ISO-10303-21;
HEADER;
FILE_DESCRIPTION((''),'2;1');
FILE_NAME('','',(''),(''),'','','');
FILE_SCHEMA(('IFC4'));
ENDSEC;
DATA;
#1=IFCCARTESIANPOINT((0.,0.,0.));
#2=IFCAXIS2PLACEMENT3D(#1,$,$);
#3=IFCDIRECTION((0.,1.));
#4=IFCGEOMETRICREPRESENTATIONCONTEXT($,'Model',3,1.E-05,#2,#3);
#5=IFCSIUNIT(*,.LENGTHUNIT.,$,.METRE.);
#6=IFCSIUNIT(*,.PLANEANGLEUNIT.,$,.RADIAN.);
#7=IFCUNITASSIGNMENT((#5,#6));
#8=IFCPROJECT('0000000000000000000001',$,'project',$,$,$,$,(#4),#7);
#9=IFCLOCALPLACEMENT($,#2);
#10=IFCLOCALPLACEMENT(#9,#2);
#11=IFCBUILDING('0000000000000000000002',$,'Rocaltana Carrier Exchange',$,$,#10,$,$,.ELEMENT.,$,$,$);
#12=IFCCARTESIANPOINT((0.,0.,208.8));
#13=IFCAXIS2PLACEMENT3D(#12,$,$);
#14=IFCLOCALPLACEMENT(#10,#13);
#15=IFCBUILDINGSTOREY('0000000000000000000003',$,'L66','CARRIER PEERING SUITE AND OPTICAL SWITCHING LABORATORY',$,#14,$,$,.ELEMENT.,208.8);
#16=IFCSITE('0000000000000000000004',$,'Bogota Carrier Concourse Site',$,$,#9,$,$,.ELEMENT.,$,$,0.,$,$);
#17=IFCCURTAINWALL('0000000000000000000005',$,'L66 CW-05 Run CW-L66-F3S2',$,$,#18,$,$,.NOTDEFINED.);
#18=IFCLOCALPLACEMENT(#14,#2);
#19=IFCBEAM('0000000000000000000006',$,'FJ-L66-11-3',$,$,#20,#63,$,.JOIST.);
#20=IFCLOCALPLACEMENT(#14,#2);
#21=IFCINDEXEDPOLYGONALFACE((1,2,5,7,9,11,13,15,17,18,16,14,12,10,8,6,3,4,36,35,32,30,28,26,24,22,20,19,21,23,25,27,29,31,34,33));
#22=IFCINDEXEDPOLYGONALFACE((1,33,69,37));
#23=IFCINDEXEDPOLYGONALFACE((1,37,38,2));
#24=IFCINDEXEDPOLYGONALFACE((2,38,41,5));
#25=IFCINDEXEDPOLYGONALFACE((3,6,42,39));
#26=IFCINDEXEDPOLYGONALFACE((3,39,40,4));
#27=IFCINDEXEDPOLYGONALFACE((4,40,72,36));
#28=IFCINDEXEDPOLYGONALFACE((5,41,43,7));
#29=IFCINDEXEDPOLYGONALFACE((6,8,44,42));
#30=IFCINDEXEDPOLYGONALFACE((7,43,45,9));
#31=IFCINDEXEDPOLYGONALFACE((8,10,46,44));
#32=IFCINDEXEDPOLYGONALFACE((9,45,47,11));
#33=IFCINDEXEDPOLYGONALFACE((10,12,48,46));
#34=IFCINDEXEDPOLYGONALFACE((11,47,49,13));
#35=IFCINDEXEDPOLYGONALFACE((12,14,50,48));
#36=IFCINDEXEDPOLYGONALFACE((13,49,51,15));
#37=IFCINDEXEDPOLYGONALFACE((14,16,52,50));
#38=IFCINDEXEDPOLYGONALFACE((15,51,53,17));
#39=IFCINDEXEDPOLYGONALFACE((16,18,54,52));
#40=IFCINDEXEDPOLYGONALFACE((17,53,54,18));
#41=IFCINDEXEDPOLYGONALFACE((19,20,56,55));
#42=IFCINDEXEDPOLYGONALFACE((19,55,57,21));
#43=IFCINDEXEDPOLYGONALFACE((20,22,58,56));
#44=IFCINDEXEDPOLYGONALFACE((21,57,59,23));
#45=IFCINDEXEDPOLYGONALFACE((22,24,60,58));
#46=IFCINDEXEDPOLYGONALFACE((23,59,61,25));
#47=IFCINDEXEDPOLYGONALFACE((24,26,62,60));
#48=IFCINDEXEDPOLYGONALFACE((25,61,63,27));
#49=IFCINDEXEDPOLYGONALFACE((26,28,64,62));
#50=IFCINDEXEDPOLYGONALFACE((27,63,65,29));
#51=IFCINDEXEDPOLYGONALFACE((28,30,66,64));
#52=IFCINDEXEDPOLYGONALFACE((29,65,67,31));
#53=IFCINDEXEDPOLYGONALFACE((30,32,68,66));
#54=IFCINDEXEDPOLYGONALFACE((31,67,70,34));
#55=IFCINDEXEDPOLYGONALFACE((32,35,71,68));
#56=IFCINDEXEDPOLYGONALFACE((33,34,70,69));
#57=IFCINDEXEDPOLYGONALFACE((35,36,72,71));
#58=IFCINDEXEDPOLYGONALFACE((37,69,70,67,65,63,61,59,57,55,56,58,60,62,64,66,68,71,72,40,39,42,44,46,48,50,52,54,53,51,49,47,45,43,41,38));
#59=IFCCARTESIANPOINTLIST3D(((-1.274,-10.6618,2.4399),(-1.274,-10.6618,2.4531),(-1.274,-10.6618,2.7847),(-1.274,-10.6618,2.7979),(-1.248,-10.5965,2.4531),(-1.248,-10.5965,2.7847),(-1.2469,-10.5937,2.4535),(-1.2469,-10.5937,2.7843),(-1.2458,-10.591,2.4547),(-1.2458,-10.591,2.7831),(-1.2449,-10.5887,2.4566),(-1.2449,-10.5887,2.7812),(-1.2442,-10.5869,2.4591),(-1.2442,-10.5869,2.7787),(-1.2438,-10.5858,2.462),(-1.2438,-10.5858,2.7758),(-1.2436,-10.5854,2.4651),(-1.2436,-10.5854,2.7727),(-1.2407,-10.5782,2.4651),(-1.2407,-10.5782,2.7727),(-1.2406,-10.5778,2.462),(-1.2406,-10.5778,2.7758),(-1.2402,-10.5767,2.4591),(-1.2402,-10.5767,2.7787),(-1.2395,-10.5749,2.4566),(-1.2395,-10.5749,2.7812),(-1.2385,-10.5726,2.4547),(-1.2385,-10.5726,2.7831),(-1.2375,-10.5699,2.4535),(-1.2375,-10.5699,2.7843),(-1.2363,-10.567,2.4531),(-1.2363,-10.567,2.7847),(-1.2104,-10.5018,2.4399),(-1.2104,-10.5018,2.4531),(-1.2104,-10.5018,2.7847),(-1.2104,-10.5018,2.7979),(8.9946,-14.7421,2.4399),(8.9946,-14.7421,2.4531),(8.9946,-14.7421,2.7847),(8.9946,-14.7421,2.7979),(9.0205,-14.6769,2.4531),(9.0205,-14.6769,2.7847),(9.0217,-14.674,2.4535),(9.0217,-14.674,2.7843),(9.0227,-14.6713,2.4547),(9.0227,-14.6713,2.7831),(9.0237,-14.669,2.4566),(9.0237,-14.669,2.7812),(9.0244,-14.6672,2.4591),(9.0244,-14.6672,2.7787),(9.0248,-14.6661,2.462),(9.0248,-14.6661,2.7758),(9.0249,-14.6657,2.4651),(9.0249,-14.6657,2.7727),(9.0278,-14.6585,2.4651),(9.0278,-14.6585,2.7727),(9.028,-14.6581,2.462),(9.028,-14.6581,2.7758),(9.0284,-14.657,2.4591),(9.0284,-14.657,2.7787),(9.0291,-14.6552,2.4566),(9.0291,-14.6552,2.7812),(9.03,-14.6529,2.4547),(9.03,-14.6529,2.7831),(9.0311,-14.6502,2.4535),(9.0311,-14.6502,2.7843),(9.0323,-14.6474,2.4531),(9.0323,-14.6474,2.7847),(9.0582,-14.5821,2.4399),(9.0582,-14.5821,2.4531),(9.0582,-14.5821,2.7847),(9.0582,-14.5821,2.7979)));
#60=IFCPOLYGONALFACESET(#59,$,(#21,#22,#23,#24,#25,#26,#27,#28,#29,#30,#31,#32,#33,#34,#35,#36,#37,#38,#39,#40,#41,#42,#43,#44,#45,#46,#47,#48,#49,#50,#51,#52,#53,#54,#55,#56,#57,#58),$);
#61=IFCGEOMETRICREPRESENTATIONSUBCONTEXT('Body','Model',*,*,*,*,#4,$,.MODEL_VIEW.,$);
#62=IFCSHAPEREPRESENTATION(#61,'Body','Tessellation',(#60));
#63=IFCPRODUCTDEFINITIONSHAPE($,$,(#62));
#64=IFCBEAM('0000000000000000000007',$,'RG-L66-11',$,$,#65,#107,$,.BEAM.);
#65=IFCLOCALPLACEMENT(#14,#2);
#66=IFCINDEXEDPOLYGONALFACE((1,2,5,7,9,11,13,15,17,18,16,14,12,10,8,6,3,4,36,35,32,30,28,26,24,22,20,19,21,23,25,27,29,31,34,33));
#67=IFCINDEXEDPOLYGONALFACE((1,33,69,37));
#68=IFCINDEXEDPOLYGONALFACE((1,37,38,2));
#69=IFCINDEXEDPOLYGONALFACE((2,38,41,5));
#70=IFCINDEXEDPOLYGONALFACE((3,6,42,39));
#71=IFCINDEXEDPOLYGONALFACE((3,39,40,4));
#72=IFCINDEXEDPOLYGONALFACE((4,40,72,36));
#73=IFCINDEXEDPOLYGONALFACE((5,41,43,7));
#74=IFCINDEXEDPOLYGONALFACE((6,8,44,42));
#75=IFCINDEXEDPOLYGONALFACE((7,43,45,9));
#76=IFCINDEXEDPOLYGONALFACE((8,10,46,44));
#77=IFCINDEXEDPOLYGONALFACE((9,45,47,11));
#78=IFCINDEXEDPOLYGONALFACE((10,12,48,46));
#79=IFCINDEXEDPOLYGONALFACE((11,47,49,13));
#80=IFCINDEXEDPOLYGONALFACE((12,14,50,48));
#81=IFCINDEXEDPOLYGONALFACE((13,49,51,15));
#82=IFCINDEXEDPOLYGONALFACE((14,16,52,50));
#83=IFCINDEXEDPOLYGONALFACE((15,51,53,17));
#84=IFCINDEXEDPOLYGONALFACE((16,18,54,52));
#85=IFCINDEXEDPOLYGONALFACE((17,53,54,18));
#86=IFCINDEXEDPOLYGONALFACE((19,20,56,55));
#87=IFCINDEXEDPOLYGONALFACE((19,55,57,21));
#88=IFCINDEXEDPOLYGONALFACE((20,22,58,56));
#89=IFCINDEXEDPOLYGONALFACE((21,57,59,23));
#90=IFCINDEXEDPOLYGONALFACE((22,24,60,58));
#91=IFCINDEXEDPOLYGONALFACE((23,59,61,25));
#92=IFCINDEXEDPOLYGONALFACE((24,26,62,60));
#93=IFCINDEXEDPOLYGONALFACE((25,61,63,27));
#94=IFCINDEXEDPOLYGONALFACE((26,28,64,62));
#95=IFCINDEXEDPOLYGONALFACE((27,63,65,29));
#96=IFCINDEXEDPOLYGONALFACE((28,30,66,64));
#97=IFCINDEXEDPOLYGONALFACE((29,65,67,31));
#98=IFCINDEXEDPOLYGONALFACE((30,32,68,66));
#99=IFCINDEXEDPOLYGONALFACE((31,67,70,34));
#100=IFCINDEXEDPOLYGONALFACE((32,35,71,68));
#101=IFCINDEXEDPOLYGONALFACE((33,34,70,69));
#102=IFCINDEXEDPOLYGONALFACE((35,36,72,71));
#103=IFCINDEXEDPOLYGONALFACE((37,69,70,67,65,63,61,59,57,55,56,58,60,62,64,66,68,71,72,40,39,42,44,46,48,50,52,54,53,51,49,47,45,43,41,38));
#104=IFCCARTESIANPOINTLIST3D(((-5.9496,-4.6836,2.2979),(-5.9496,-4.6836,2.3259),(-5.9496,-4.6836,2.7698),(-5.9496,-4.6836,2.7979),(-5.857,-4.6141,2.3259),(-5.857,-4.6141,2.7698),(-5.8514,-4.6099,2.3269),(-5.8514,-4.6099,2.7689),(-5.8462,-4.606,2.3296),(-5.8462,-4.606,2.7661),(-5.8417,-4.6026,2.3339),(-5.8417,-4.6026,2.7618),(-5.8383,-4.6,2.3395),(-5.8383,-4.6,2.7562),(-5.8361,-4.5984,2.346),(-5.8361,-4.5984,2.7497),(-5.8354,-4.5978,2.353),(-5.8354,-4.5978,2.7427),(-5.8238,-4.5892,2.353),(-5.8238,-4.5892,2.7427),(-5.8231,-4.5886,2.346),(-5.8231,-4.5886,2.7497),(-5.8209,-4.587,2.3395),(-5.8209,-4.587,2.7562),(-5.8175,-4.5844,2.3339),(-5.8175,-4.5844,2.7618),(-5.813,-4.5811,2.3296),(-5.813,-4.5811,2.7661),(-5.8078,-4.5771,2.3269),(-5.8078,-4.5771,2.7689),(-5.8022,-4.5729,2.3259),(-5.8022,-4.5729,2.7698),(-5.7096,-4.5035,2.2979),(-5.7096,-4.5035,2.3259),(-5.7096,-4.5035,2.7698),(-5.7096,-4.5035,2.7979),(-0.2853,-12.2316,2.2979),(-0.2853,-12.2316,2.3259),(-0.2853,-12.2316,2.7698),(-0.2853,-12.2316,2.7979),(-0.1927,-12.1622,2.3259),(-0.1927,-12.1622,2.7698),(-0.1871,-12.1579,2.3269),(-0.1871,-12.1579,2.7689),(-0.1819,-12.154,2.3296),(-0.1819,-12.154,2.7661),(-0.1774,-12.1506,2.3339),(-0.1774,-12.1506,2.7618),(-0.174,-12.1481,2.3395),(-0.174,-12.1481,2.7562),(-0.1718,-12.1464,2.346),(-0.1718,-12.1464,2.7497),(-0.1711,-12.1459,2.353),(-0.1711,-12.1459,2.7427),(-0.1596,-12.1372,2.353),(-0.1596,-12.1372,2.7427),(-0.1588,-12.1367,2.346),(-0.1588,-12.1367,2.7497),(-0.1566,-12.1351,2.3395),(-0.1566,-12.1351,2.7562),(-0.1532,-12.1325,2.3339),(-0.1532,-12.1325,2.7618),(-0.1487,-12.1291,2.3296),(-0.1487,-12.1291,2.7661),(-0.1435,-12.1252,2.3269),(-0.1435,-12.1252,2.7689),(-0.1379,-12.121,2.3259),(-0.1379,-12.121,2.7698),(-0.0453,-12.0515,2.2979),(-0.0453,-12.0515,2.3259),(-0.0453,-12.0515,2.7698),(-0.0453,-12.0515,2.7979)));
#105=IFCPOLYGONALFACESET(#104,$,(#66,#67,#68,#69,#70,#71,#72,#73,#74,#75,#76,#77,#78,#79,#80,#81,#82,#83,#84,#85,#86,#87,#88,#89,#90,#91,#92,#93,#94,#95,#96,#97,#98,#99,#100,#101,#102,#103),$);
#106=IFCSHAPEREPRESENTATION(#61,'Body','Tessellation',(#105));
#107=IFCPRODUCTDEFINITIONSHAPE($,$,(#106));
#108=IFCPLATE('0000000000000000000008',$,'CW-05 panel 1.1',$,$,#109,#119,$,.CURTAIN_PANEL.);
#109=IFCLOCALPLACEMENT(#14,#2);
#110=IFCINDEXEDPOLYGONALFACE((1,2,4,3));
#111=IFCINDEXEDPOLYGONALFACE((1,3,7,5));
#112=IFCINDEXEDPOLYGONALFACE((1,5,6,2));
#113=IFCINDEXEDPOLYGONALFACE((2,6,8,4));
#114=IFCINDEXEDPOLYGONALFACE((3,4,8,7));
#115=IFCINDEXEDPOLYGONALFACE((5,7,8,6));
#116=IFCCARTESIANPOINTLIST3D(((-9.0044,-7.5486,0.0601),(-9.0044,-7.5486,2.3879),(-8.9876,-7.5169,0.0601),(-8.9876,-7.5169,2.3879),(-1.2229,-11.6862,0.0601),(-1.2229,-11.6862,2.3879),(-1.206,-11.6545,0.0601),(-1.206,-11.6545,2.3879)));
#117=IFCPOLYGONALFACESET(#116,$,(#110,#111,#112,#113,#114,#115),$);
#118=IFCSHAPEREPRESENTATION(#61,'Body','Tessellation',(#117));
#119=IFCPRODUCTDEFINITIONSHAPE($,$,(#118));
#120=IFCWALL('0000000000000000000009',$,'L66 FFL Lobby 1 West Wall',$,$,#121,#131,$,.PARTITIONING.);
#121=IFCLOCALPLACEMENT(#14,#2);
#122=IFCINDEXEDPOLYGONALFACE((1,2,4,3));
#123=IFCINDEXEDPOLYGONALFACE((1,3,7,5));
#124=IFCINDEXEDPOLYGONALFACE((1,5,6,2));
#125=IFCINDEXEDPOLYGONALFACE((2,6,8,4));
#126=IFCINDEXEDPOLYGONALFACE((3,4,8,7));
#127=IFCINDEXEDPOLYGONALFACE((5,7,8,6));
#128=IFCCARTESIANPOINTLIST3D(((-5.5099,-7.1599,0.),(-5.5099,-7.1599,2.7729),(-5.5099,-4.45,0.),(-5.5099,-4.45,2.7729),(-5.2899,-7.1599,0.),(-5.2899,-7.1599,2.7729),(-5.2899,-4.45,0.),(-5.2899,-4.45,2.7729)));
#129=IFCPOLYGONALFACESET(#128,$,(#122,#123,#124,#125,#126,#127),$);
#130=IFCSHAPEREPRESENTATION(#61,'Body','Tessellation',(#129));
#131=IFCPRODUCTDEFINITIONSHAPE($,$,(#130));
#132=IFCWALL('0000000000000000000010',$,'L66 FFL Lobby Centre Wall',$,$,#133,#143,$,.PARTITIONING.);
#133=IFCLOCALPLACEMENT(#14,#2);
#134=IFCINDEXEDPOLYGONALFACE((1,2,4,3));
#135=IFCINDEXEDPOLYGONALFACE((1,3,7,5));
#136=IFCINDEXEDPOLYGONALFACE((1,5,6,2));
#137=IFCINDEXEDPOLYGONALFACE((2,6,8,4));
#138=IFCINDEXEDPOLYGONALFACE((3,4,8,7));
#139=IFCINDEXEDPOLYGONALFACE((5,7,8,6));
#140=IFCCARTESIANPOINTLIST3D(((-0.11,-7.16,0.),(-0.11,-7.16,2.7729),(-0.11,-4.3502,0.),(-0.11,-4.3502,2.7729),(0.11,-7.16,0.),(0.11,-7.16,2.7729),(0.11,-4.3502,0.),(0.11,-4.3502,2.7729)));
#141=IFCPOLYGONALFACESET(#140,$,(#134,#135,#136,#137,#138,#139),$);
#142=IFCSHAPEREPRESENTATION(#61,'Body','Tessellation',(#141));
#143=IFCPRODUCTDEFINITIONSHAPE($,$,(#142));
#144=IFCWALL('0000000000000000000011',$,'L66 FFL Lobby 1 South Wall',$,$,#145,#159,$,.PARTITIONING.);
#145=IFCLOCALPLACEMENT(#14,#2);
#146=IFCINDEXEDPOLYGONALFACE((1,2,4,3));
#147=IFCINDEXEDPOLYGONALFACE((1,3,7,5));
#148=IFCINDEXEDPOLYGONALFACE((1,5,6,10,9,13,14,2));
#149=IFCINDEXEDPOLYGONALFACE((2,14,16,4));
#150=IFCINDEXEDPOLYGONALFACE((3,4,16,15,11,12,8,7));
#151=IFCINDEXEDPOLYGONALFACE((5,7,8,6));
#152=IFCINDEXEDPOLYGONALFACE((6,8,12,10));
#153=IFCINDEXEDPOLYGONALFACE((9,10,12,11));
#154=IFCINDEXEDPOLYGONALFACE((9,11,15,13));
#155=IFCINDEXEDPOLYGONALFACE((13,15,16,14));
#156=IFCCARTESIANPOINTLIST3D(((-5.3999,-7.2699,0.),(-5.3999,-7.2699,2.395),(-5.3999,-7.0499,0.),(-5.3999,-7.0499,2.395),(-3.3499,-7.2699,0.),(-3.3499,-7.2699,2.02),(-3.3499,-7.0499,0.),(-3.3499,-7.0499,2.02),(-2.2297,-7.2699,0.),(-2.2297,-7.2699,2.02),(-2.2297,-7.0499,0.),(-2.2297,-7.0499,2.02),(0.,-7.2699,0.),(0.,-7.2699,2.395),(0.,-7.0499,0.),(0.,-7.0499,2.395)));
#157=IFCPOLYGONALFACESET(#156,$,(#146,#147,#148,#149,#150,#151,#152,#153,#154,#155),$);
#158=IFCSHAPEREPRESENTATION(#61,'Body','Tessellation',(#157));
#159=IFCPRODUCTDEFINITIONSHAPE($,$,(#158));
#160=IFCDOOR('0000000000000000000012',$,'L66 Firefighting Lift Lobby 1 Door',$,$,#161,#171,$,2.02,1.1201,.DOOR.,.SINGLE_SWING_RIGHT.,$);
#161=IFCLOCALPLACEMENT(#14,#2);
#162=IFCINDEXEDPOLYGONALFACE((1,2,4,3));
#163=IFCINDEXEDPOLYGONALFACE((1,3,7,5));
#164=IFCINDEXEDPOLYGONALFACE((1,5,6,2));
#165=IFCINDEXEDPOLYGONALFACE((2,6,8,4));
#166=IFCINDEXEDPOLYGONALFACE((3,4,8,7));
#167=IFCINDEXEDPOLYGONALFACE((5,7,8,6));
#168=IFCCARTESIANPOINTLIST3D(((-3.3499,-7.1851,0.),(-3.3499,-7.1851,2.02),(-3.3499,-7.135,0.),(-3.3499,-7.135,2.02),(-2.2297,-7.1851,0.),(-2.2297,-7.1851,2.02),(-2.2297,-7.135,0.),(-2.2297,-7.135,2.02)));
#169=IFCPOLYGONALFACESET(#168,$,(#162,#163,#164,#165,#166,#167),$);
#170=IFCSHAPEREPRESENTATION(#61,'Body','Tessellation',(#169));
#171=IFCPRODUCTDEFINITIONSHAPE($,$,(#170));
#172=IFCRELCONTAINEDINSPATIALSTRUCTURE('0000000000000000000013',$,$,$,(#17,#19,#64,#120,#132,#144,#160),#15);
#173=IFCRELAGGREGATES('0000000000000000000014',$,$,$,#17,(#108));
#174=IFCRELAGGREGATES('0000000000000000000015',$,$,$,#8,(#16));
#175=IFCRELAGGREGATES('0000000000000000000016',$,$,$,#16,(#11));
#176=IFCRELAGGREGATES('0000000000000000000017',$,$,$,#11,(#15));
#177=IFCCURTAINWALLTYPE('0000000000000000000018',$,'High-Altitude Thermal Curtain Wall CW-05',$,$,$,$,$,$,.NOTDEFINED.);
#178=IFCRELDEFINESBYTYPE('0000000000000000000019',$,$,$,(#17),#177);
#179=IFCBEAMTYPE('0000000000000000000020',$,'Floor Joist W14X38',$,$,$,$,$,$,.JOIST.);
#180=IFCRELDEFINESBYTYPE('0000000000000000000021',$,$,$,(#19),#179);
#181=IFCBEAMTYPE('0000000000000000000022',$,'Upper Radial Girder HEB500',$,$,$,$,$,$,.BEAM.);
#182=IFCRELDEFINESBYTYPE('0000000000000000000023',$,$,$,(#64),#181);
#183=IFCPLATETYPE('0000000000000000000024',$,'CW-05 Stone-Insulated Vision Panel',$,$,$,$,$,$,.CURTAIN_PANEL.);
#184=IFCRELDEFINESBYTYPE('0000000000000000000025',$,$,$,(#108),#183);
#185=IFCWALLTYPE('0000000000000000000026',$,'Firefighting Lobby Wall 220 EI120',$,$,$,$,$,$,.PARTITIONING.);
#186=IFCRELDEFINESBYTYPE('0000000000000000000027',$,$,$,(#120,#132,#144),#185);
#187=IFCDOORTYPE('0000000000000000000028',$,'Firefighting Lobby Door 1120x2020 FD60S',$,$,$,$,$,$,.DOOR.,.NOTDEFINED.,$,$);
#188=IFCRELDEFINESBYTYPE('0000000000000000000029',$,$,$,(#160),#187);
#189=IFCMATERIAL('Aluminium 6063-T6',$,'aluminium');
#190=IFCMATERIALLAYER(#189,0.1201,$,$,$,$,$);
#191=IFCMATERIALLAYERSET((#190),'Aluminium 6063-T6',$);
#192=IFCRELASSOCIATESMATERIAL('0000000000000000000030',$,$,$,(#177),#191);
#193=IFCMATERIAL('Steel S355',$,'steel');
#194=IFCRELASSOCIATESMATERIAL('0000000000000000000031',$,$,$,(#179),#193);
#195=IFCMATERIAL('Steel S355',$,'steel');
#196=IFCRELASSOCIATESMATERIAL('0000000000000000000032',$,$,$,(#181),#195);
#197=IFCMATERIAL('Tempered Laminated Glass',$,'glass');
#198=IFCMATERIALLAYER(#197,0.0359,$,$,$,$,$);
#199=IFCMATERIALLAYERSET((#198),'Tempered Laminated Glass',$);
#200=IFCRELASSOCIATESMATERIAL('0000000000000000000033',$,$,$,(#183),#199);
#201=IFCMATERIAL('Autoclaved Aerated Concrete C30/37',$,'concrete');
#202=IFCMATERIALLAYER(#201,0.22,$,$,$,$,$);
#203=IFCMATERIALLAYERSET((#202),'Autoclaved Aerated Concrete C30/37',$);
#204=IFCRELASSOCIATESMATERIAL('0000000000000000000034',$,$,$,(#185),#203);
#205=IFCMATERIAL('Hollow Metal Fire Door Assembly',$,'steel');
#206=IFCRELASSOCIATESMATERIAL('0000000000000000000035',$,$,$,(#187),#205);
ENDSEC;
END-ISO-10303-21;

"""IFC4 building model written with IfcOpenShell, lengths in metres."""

from ifc_helpers import new_model, si_unit, direction, frame, frame_2d, origin, origin_2d, place, context, subcontext, project, spatial, rectangle, i_section, extrude, material, layer, layer_set, material_profile, profile_set, type_object, element, fill, aggregate, save


model = new_model("IFC4")

# Units and contexts
model_context = context("Model", 3, precision=1e-05, world=origin(), true_north=direction((0.0, 1.0)))
body_context = subcontext(model_context, "Body", "Model", "MODEL_VIEW")
ifc_project = project(units=[si_unit("LENGTHUNIT", "METRE"), si_unit("PLANEANGLEUNIT", "RADIAN")], contexts=[model_context])

# Site, building, storey
site_placement = place(None, origin())
site = spatial("IfcSite", under=ifc_project, at=site_placement, Name="Bogota Carrier Concourse Site", CompositionType="ELEMENT", RefElevation=0.0)
building_placement = place(site_placement, origin())
building = spatial("IfcBuilding", under=site, at=building_placement, Name="Rocaltana Carrier Exchange", CompositionType="ELEMENT")
storey_placement = place(building_placement, frame((0.0, 0.0, 208.8)))
storey = spatial("IfcBuildingStorey", under=building, at=storey_placement, Name="L66", Description="CARRIER PEERING SUITE AND OPTICAL SWITCHING LABORATORY", CompositionType="ELEMENT", Elevation=208.8)

# Curtain wall
ifc_material_1 = material(Name="Aluminium 6063-T6", Category="aluminium")
ifc_layer_1 = layer(ifc_material_1, 0.1201)
ifc_layer_set_1 = layer_set([ifc_layer_1], Name="Aluminium 6063-T6")
curtain_wall_type = type_object("IfcCurtainWallType", Name="High-Altitude Thermal Curtain Wall CW-05", PredefinedType="NOTDEFINED", material=ifc_layer_set_1)
curtain_wall_placement = place(storey_placement, origin())
curtain_wall = element("IfcCurtainWall", 1, at=curtain_wall_placement, inside=storey, type_object=curtain_wall_type, Name="L66 CW-05 Run CW-L66-F3S2", PredefinedType="NOTDEFINED")

# Beams
ifc_material_2 = material(Name="Steel S355", Category="steel")
ifc_material_profile_1 = material_profile(ifc_material_2, i_section(OverallWidth=0.1721, OverallDepth=0.3579, WebThickness=0.0078, FlangeThickness=0.0132, FilletRadius=0.012, at=origin_2d()), Name="W14X38")
ifc_profile_set_1 = profile_set([ifc_material_profile_1], Name="Steel S355")
beam_type_1 = type_object("IfcBeamType", Name="Floor Joist W14X38", PredefinedType="JOIST", material=ifc_profile_set_1)
beam_1_placement = place(storey_placement, frame((-1.2422, -10.5818, 2.6189), z_axis=(0.92932, -0.369275, 0.0), x_axis=(0.369275, 0.92932, 0.0)))
element("IfcBeam", 2, at=beam_1_placement, inside=storey, type_object=beam_type_1, Name="FJ-L66-11-3", PredefinedType="JOIST", context=body_context, shape_type="SweptSolid", body=[
    extrude(i_section(OverallWidth=0.1721, OverallDepth=0.3579, WebThickness=0.0078, FlangeThickness=0.0132, FilletRadius=0.012, at=origin_2d()), origin(), (0.0, 0.0, 1.0), 11.0496),
])
ifc_material_3 = material(Name="Steel S355", Category="steel")
ifc_material_profile_2 = material_profile(ifc_material_3, i_section(OverallWidth=0.3, OverallDepth=0.5, WebThickness=0.0144, FlangeThickness=0.0281, FilletRadius=0.0271, at=origin_2d()), Name="HEB500")
ifc_profile_set_2 = profile_set([ifc_material_profile_2], Name="Steel S355")
beam_type_2 = type_object("IfcBeamType", Name="Upper Radial Girder HEB500", PredefinedType="BEAM", material=ifc_profile_set_2)
beam_2_placement = place(storey_placement, frame((-5.8296, -4.5935, 2.5479), z_axis=(0.600219, -0.799835, 0.0), x_axis=(0.799835, 0.600219, 0.0)))
element("IfcBeam", 3, at=beam_2_placement, inside=storey, type_object=beam_type_2, Name="RG-L66-11", PredefinedType="BEAM", context=body_context, shape_type="SweptSolid", body=[
    extrude(i_section(OverallWidth=0.3, OverallDepth=0.5, WebThickness=0.0144, FlangeThickness=0.0281, FilletRadius=0.0271, at=origin_2d()), origin(), (0.0, 0.0, 1.0), 9.437),
])

# Plate
ifc_material_4 = material(Name="Tempered Laminated Glass", Category="glass")
ifc_layer_2 = layer(ifc_material_4, 0.0359)
ifc_layer_set_2 = layer_set([ifc_layer_2], Name="Tempered Laminated Glass")
plate_type = type_object("IfcPlateType", Name="CW-05 Stone-Insulated Vision Panel", PredefinedType="CURTAIN_PANEL", material=ifc_layer_set_2)
plate_placement = place(storey_placement, frame((-5.1052, -9.6016, 0.0601), z_axis=(0.0, 0.0, 1.0), x_axis=(0.882943, -0.469479, 0.0)))
plate = element("IfcPlate", 4, at=plate_placement, type_object=plate_type, Name="CW-05 panel 1.1", PredefinedType="CURTAIN_PANEL", context=body_context, shape_type="SweptSolid", body=[
    extrude(rectangle(XDim=8.8132, YDim=0.0359, at=origin_2d()), origin(), (0.0, 0.0, 1.0), 2.3279),
])
aggregate(curtain_wall, [plate])

# Walls
ifc_material_5 = material(Name="Autoclaved Aerated Concrete C30/37", Category="concrete")
ifc_layer_3 = layer(ifc_material_5, 0.22)
ifc_layer_set_3 = layer_set([ifc_layer_3], Name="Autoclaved Aerated Concrete C30/37")
wall_type_1 = type_object("IfcWallType", Name="Firefighting Lobby Wall 220 EI120", PredefinedType="PARTITIONING", material=ifc_layer_set_3)
wall_1_placement = place(storey_placement, frame((-5.3999, -7.1599, 0.0), z_axis=(0.0, 0.0, 1.0), x_axis=(0.0, 1.0, 0.0)))
element("IfcWall", 5, at=wall_1_placement, inside=storey, type_object=wall_type_1, Name="L66 FFL Lobby 1 West Wall", PredefinedType="PARTITIONING", context=body_context, shape_type="SweptSolid", body=[
    extrude(rectangle(XDim=2.71, YDim=0.22, at=frame_2d((1.355, 0.0))), origin(), (0.0, 0.0, 1.0), 2.7729),
])
wall_2_placement = place(storey_placement, frame((0.0, -7.1599, 0.0), z_axis=(0.0, 0.0, 1.0), x_axis=(0.0, 1.0, 0.0)))
element("IfcWall", 6, at=wall_2_placement, inside=storey, type_object=wall_type_1, Name="L66 FFL Lobby Centre Wall", PredefinedType="PARTITIONING", context=body_context, shape_type="SweptSolid", body=[
    extrude(rectangle(XDim=2.8098, YDim=0.22, at=frame_2d((1.4048, 0.0))), origin(), (0.0, 0.0, 1.0), 2.7729),
])

# Wall, opening, door
wall_3_placement = place(storey_placement, frame((-5.3999, -7.1599, 0.0), z_axis=(0.0, 0.0, 1.0), x_axis=(1.0, 0.0, 0.0)))
wall_3 = element("IfcWall", 7, at=wall_3_placement, inside=storey, type_object=wall_type_1, Name="L66 FFL Lobby 1 South Wall", PredefinedType="PARTITIONING", context=body_context, shape_type="SweptSolid", body=[
    extrude(rectangle(XDim=5.3999, YDim=0.22, at=frame_2d((2.7, 0.0))), origin(), (0.0, 0.0, 1.0), 2.395),
])
opening_1_placement = place(wall_3_placement, frame((2.05, 0.0, 0.0)))
opening_1 = element("IfcOpeningElement", 8, at=opening_1_placement, cuts=wall_3, PredefinedType="OPENING", context=body_context, shape_type="SweptSolid", body=[
    extrude(rectangle(XDim=1.1201, YDim=2.02, at=frame_2d((0.5601, 1.01))), frame((0.0, 0.1199, 0.0), z_axis=(0.0, -1.0, 0.0), x_axis=(1.0, 0.0, 0.0)), (0.0, 0.0, 1.0), 0.24),
])
ifc_material_6 = material(Name="Hollow Metal Fire Door Assembly", Category="steel")
door_type = type_object("IfcDoorType", Name="Firefighting Lobby Door 1120x2020 FD60S", OperationType="NOTDEFINED", PredefinedType="DOOR", material=ifc_material_6)
door_1_placement = place(opening_1_placement, origin())
door_1 = element("IfcDoor", 9, at=door_1_placement, inside=storey, type_object=door_type, Name="L66 Firefighting Lift Lobby 1 Door", OperationType="SINGLE_SWING_RIGHT", OverallHeight=2.02, OverallWidth=1.1201, PredefinedType="DOOR", context=body_context, shape_type="SweptSolid", body=[
    extrude(rectangle(XDim=1.1201, YDim=2.02, at=frame_2d((0.5601, 1.01))), frame((0.0, 0.0249, 0.0), z_axis=(0.0, -1.0, 0.0), x_axis=(1.0, 0.0, 0.0)), (0.0, 0.0, 1.0), 0.05),
])
fill(opening_1, door_1)

save(model, "model.ifc")
